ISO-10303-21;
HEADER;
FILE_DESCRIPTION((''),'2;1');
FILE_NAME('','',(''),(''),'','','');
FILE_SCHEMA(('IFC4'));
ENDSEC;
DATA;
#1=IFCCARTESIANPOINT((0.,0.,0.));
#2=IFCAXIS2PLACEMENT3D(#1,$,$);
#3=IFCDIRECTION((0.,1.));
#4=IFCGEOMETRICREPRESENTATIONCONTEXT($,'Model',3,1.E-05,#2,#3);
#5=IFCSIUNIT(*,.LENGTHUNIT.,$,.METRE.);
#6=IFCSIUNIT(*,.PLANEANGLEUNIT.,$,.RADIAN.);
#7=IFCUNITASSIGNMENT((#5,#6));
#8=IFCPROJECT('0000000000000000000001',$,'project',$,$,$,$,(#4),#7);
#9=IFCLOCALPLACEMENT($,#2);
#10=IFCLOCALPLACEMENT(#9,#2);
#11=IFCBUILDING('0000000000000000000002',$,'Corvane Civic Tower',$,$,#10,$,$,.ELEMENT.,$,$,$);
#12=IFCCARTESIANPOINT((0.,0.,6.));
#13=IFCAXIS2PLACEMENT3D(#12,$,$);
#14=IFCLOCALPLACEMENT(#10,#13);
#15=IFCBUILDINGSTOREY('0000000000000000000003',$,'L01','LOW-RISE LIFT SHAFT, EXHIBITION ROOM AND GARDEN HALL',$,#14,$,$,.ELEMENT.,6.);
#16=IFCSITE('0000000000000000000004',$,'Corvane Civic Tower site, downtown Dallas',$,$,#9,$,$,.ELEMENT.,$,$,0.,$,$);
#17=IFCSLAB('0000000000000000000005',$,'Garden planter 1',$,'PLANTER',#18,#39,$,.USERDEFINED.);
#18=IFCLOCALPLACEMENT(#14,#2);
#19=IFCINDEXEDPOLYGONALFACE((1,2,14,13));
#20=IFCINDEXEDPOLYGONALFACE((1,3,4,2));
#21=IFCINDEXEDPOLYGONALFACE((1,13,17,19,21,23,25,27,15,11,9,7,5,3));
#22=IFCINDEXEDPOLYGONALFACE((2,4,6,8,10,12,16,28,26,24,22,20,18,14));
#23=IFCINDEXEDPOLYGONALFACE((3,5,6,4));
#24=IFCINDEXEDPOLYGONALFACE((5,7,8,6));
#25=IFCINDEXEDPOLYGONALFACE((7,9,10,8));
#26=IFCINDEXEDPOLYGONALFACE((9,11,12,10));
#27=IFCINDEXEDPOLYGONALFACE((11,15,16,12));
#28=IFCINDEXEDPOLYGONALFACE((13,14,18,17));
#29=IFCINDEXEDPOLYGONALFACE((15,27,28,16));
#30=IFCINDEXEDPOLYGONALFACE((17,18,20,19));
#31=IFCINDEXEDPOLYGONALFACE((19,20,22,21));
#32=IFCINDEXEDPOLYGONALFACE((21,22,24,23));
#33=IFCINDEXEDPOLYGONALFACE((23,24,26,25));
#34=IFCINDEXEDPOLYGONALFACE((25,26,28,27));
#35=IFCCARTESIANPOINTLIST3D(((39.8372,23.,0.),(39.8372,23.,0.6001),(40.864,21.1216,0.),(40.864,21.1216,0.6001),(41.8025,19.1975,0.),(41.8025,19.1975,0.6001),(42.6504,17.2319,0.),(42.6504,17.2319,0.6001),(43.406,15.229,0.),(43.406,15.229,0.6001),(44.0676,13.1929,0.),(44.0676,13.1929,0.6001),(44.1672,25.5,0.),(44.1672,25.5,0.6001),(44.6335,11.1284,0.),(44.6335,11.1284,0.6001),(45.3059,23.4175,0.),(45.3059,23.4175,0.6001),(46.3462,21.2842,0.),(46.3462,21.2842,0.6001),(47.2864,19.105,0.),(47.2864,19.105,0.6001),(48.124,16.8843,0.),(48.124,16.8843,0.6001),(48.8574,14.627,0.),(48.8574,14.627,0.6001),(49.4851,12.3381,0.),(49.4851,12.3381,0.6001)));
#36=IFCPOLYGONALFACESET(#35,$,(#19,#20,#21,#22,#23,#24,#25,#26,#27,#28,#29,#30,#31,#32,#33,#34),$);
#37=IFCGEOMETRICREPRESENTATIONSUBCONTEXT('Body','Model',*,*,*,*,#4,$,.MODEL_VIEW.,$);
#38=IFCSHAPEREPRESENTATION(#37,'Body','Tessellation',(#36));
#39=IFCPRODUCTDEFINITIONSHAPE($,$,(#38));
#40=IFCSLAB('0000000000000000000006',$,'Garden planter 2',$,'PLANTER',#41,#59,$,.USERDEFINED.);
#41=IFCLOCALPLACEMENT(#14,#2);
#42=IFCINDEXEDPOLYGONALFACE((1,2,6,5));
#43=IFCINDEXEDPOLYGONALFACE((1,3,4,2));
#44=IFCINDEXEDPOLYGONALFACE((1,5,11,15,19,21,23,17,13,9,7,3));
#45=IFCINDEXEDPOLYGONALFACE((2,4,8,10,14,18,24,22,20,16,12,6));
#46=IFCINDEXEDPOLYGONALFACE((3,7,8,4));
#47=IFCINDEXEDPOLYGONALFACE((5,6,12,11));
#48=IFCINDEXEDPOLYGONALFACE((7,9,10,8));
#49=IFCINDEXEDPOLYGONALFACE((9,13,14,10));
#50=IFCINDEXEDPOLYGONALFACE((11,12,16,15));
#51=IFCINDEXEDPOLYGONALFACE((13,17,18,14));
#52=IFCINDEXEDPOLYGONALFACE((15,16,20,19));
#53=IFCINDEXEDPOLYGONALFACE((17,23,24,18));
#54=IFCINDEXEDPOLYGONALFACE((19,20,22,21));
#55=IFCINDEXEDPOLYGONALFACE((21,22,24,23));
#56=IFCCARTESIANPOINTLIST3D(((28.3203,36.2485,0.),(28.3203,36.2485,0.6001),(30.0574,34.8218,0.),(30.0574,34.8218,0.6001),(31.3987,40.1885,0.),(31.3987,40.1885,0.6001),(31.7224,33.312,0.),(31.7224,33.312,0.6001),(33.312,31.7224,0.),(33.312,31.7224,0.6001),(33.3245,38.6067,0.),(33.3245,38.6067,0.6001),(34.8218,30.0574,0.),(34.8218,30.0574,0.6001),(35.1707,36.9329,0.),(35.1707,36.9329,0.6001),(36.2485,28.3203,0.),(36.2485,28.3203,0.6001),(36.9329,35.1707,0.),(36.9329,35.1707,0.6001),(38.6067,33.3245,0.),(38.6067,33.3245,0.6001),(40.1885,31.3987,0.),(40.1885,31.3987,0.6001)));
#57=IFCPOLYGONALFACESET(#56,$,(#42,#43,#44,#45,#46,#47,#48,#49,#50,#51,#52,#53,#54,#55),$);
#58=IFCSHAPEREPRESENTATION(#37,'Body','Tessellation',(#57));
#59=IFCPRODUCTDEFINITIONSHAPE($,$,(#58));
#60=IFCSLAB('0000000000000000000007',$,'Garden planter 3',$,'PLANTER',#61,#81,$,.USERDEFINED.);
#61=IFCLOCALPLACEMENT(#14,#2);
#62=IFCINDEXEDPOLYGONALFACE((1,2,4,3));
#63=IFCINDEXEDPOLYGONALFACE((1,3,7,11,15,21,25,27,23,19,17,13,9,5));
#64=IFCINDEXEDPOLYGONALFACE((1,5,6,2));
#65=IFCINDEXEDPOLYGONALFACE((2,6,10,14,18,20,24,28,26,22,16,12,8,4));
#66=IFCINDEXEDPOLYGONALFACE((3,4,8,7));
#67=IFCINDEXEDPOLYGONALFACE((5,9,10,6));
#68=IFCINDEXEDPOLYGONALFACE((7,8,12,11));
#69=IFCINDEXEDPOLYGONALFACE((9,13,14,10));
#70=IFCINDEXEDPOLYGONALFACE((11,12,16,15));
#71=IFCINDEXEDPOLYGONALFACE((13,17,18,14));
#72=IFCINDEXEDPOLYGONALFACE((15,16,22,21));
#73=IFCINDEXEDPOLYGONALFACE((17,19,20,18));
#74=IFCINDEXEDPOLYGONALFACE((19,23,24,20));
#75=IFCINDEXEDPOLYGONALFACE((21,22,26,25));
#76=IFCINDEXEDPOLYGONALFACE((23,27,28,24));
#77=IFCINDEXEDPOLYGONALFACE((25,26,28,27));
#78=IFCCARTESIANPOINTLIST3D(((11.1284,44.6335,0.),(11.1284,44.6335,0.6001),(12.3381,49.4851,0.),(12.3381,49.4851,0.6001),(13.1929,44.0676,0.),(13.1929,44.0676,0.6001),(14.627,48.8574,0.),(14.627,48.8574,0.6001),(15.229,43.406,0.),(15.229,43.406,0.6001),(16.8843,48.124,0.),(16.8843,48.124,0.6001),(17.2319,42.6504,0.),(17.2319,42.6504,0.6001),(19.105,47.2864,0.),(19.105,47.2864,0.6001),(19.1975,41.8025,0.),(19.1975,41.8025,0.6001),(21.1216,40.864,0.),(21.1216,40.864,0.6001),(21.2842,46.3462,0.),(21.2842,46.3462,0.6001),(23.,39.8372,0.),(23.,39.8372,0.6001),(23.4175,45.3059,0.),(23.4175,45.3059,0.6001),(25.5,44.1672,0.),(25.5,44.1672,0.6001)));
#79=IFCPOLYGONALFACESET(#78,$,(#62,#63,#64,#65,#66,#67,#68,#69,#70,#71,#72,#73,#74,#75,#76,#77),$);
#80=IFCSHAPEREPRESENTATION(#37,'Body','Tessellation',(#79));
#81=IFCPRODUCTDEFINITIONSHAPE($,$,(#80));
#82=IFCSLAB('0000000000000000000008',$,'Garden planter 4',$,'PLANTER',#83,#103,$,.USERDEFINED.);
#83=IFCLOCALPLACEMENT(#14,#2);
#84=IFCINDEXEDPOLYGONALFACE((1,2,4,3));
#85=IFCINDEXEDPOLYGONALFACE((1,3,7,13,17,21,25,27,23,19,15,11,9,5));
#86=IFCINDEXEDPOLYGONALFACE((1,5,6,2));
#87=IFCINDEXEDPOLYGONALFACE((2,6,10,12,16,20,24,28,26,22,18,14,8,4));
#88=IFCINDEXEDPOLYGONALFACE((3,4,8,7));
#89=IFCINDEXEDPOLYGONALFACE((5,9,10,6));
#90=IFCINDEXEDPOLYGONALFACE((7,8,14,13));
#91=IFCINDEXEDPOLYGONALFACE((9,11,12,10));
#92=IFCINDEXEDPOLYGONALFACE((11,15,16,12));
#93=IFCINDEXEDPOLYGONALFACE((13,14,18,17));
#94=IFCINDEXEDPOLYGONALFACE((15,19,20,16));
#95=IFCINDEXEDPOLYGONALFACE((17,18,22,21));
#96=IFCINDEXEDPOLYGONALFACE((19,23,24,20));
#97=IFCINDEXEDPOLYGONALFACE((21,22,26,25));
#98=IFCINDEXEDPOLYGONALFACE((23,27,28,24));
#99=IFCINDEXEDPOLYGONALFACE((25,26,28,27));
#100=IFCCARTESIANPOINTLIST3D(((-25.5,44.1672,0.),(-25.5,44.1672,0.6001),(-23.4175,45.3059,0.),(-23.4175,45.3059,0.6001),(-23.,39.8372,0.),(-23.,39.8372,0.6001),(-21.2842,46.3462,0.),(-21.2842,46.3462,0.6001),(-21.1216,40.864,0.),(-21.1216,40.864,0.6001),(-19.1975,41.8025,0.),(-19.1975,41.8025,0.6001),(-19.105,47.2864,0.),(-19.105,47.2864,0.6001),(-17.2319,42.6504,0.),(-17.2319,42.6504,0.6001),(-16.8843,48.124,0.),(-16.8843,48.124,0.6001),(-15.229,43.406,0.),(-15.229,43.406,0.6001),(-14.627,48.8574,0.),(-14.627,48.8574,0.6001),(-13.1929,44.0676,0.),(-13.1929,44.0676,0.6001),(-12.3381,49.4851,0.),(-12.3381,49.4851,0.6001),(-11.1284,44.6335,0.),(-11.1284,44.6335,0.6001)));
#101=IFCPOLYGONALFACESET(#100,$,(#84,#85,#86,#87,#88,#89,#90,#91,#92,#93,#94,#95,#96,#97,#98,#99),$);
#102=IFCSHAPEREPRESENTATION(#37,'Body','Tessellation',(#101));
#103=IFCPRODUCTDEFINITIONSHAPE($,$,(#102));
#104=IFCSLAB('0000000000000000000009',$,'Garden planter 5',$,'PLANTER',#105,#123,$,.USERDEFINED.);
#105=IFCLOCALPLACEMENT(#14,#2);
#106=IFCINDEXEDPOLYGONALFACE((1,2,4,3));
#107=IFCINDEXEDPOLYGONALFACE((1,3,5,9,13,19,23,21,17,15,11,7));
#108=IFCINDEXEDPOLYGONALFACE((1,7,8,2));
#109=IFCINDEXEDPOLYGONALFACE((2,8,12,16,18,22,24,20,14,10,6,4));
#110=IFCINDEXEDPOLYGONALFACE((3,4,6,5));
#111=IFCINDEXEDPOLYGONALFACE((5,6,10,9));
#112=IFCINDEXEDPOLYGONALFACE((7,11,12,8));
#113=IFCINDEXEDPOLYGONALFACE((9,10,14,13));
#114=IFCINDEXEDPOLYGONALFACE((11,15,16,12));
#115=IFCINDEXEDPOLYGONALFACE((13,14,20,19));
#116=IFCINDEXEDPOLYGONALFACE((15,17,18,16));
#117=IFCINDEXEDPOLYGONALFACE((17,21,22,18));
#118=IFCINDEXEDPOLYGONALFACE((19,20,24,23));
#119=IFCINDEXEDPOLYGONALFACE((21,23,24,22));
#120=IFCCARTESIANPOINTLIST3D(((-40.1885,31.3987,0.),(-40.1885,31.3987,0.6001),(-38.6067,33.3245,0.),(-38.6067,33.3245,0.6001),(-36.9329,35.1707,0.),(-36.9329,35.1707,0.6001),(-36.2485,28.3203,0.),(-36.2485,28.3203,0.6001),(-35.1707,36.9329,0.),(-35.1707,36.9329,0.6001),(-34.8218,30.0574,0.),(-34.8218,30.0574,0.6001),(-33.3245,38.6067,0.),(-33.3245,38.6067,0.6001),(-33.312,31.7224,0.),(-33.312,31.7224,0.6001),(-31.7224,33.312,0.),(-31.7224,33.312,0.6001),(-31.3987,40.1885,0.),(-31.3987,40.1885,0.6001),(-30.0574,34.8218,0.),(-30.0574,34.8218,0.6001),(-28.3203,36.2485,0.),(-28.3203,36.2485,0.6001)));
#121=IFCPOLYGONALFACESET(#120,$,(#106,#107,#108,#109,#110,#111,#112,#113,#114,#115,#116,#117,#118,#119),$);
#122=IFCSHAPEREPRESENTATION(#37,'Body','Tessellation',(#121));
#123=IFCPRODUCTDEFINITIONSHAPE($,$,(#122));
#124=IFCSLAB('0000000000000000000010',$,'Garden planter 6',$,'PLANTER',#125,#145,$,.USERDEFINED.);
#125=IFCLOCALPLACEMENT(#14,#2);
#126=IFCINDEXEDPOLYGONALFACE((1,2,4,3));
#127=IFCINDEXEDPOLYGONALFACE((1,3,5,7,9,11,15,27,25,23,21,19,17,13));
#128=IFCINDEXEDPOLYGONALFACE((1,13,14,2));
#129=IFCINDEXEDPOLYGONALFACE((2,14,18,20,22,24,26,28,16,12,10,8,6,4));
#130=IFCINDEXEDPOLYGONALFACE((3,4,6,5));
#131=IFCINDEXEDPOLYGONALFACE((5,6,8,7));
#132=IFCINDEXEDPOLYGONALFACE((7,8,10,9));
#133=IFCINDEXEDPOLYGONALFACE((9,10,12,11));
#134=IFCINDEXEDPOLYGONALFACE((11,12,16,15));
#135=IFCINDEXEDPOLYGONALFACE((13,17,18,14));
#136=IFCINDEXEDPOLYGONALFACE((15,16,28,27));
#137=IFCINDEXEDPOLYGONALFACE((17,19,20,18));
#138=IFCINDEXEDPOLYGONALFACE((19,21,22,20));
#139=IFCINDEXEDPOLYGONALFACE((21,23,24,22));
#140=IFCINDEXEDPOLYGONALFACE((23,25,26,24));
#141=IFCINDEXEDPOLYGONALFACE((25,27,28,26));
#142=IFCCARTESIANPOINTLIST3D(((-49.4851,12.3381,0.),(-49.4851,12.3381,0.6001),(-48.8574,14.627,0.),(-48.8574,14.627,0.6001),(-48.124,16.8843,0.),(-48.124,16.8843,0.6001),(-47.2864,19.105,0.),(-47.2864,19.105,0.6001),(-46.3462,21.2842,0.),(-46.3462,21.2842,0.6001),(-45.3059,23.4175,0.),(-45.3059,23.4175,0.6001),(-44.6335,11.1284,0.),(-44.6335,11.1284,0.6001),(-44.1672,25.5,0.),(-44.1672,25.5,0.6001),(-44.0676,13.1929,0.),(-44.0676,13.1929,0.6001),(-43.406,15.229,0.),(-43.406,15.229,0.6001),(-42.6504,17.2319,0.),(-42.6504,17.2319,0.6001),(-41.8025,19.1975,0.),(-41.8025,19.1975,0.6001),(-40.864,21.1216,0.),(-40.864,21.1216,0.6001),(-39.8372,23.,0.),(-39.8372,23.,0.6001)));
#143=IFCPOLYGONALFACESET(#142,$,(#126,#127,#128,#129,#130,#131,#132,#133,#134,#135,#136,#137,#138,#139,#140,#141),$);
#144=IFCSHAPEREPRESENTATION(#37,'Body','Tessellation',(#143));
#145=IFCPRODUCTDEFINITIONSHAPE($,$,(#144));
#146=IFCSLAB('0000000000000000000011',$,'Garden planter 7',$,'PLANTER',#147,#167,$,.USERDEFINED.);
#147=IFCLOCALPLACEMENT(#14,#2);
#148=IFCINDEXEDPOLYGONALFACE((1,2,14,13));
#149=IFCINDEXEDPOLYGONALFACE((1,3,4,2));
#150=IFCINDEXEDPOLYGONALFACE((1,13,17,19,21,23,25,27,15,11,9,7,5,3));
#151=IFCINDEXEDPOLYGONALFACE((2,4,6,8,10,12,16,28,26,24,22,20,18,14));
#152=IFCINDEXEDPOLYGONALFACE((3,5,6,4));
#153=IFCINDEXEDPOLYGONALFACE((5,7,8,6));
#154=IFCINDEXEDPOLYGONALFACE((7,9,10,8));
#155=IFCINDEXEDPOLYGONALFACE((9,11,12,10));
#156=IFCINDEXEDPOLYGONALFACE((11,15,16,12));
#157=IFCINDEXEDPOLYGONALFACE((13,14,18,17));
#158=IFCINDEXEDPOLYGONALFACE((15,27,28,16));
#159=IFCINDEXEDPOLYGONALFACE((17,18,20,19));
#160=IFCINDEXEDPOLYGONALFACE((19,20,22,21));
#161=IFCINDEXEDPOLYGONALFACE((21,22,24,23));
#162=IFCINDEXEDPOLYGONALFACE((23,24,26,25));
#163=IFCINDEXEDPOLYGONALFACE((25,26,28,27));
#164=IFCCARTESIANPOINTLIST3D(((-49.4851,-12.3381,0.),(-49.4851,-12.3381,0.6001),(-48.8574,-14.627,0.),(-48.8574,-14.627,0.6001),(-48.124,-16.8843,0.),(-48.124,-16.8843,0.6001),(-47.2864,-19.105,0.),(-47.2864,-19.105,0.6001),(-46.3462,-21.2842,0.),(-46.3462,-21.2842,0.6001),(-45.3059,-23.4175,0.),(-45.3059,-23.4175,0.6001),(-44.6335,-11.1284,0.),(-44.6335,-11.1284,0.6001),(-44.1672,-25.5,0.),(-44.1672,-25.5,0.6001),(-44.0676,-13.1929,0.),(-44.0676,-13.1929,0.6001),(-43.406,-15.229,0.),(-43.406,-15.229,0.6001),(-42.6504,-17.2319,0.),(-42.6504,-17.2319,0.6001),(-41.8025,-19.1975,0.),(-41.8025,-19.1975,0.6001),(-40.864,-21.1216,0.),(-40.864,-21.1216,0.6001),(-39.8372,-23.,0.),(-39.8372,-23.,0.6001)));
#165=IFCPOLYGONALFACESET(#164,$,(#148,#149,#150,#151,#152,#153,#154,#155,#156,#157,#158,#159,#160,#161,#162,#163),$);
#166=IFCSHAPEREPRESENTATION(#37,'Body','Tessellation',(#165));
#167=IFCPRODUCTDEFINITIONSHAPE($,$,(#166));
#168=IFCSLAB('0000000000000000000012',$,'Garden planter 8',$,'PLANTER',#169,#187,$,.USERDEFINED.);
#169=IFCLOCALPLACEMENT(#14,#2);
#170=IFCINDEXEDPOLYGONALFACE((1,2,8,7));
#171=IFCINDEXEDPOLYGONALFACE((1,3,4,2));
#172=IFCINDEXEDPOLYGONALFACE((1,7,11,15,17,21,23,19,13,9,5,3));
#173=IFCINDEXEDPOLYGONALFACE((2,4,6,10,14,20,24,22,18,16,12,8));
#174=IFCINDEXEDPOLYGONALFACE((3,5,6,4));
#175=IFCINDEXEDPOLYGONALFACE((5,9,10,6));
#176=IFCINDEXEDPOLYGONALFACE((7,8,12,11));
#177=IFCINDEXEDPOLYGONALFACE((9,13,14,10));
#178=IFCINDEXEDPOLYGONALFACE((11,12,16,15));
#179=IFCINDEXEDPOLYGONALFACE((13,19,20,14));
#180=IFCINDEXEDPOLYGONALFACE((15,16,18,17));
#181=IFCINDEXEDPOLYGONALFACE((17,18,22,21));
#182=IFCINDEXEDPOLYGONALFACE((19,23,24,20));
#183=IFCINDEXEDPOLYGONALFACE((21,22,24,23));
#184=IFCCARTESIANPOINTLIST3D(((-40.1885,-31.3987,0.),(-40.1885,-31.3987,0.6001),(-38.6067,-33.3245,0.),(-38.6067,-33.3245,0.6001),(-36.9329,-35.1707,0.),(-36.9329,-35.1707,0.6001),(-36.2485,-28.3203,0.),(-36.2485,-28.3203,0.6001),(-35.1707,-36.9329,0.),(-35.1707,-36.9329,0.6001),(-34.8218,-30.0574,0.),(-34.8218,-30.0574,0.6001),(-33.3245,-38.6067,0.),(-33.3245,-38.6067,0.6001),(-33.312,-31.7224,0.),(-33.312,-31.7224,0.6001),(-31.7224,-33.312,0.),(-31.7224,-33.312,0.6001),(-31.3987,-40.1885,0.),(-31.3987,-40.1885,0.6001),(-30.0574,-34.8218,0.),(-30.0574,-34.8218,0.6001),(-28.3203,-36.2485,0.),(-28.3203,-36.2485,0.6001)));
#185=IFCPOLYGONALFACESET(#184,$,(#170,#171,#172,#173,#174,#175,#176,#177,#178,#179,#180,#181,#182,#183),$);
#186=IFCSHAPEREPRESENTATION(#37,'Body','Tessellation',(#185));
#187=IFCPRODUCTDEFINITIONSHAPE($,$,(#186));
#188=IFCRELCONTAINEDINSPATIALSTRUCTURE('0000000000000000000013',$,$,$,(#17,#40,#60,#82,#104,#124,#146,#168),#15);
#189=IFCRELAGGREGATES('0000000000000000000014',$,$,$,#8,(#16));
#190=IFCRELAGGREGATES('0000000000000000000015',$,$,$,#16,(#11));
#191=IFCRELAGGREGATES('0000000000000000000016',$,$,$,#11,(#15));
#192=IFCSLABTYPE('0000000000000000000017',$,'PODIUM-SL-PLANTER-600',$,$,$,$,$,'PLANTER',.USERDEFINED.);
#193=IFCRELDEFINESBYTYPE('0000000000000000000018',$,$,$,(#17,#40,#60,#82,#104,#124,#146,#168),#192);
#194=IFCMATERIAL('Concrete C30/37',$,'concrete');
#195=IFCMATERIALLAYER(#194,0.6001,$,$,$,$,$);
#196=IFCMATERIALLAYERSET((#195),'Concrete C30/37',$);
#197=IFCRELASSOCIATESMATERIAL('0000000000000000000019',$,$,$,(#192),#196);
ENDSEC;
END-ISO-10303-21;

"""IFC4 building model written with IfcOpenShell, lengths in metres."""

from ifc_helpers import new_model, si_unit, direction, frame, origin, place, context, subcontext, project, spatial, polyline, outline, extrude, material, layer, layer_set, type_object, element, save


model = new_model("IFC4")

# Units and contexts
model_context = context("Model", 3, precision=1e-05, world=origin(), true_north=direction((0.0, 1.0)))
body_context = subcontext(model_context, "Body", "Model", "MODEL_VIEW")
ifc_project = project(units=[si_unit("LENGTHUNIT", "METRE"), si_unit("PLANEANGLEUNIT", "RADIAN")], contexts=[model_context])

# Site, building, storey
site_placement = place(None, origin())
site = spatial("IfcSite", under=ifc_project, at=site_placement, Name="Corvane Civic Tower site, downtown Dallas", CompositionType="ELEMENT", RefElevation=0.0)
building_placement = place(site_placement, origin())
building = spatial("IfcBuilding", under=site, at=building_placement, Name="Corvane Civic Tower", CompositionType="ELEMENT")
storey_placement = place(building_placement, frame((0.0, 0.0, 6.0)))
storey = spatial("IfcBuildingStorey", under=building, at=storey_placement, Name="L01", Description="LOW-RISE LIFT SHAFT, EXHIBITION ROOM AND GARDEN HALL", CompositionType="ELEMENT", Elevation=6.0)

# Slabs
ifc_material_1 = material(Name="Concrete C30/37", Category="concrete")
ifc_layer_1 = layer(ifc_material_1, 0.6001)
ifc_layer_set_1 = layer_set([ifc_layer_1], Name="Concrete C30/37")
slab_type = type_object("IfcSlabType", Name="PODIUM-SL-PLANTER-600", ElementType="PLANTER", PredefinedType="USERDEFINED", material=ifc_layer_set_1)
slab_1_placement = place(storey_placement, origin())
element("IfcSlab", 1, at=slab_1_placement, inside=storey, type_object=slab_type, Name="Garden planter 1", ObjectType="PLANTER", PredefinedType="USERDEFINED", context=body_context, shape_type="SweptSolid", body=[
    extrude(outline(polyline([(49.4851, 12.3381), (48.8574, 14.627), (48.124, 16.8843), (47.2864, 19.105), (46.3462, 21.2842), (45.3059, 23.4175), (44.1672, 25.5), (39.8372, 23.0), (40.864, 21.1216), (41.8025, 19.1975), (42.6504, 17.2319), (43.406, 15.229), (44.0676, 13.1929), (44.6335, 11.1284), (49.4851, 12.3381)])), origin(), (0.0, 0.0, 1.0), 0.6001),
])
slab_2_placement = place(storey_placement, origin())
element("IfcSlab", 2, at=slab_2_placement, inside=storey, type_object=slab_type, Name="Garden planter 2", ObjectType="PLANTER", PredefinedType="USERDEFINED", context=body_context, shape_type="SweptSolid", body=[
    extrude(outline(polyline([(40.1885, 31.3987), (38.6067, 33.3245), (36.9329, 35.1707), (35.1707, 36.9329), (33.3245, 38.6067), (31.3987, 40.1885), (28.3203, 36.2485), (30.0574, 34.8218), (31.7224, 33.312), (33.312, 31.7224), (34.8218, 30.0574), (36.2485, 28.3203), (40.1885, 31.3987)])), origin(), (0.0, 0.0, 1.0), 0.6001),
])
slab_3_placement = place(storey_placement, origin())
element("IfcSlab", 3, at=slab_3_placement, inside=storey, type_object=slab_type, Name="Garden planter 3", ObjectType="PLANTER", PredefinedType="USERDEFINED", context=body_context, shape_type="SweptSolid", body=[
    extrude(outline(polyline([(25.5, 44.1672), (23.4175, 45.3059), (21.2842, 46.3462), (19.105, 47.2864), (16.8843, 48.124), (14.627, 48.8574), (12.3381, 49.4851), (11.1284, 44.6335), (13.1929, 44.0676), (15.229, 43.406), (17.2319, 42.6504), (19.1975, 41.8025), (21.1216, 40.864), (23.0, 39.8372), (25.5, 44.1672)])), origin(), (0.0, 0.0, 1.0), 0.6001),
])
slab_4_placement = place(storey_placement, origin())
element("IfcSlab", 4, at=slab_4_placement, inside=storey, type_object=slab_type, Name="Garden planter 4", ObjectType="PLANTER", PredefinedType="USERDEFINED", context=body_context, shape_type="SweptSolid", body=[
    extrude(outline(polyline([(-12.3381, 49.4851), (-14.627, 48.8574), (-16.8843, 48.124), (-19.105, 47.2864), (-21.2842, 46.3462), (-23.4175, 45.3059), (-25.5, 44.1672), (-23.0, 39.8372), (-21.1216, 40.864), (-19.1975, 41.8025), (-17.2319, 42.6504), (-15.229, 43.406), (-13.1929, 44.0676), (-11.1284, 44.6335), (-12.3381, 49.4851)])), origin(), (0.0, 0.0, 1.0), 0.6001),
])
slab_5_placement = place(storey_placement, origin())
element("IfcSlab", 5, at=slab_5_placement, inside=storey, type_object=slab_type, Name="Garden planter 5", ObjectType="PLANTER", PredefinedType="USERDEFINED", context=body_context, shape_type="SweptSolid", body=[
    extrude(outline(polyline([(-31.3987, 40.1885), (-33.3245, 38.6067), (-35.1707, 36.9329), (-36.9329, 35.1707), (-38.6067, 33.3245), (-40.1885, 31.3987), (-36.2485, 28.3203), (-34.8218, 30.0574), (-33.312, 31.7224), (-31.7224, 33.312), (-30.0574, 34.8218), (-28.3203, 36.2485), (-31.3987, 40.1885)])), origin(), (0.0, 0.0, 1.0), 0.6001),
])
slab_6_placement = place(storey_placement, origin())
element("IfcSlab", 6, at=slab_6_placement, inside=storey, type_object=slab_type, Name="Garden planter 6", ObjectType="PLANTER", PredefinedType="USERDEFINED", context=body_context, shape_type="SweptSolid", body=[
    extrude(outline(polyline([(-44.1672, 25.5), (-45.3059, 23.4175), (-46.3462, 21.2842), (-47.2864, 19.105), (-48.124, 16.8843), (-48.8574, 14.627), (-49.4851, 12.3381), (-44.6335, 11.1284), (-44.0676, 13.1929), (-43.406, 15.229), (-42.6504, 17.2319), (-41.8025, 19.1975), (-40.864, 21.1216), (-39.8372, 23.0), (-44.1672, 25.5)])), origin(), (0.0, 0.0, 1.0), 0.6001),
])
slab_7_placement = place(storey_placement, origin())
element("IfcSlab", 7, at=slab_7_placement, inside=storey, type_object=slab_type, Name="Garden planter 7", ObjectType="PLANTER", PredefinedType="USERDEFINED", context=body_context, shape_type="SweptSolid", body=[
    extrude(outline(polyline([(-49.4851, -12.3381), (-48.8574, -14.627), (-48.124, -16.8843), (-47.2864, -19.105), (-46.3462, -21.2842), (-45.3059, -23.4175), (-44.1672, -25.5), (-39.8372, -23.0), (-40.864, -21.1216), (-41.8025, -19.1975), (-42.6504, -17.2319), (-43.406, -15.229), (-44.0676, -13.1929), (-44.6335, -11.1284), (-49.4851, -12.3381)])), origin(), (0.0, 0.0, 1.0), 0.6001),
])
slab_8_placement = place(storey_placement, origin())
element("IfcSlab", 8, at=slab_8_placement, inside=storey, type_object=slab_type, Name="Garden planter 8", ObjectType="PLANTER", PredefinedType="USERDEFINED", context=body_context, shape_type="SweptSolid", body=[
    extrude(outline(polyline([(-40.1885, -31.3987), (-38.6067, -33.3245), (-36.9329, -35.1707), (-35.1707, -36.9329), (-33.3245, -38.6067), (-31.3987, -40.1885), (-28.3203, -36.2485), (-30.0574, -34.8218), (-31.7224, -33.312), (-33.312, -31.7224), (-34.8218, -30.0574), (-36.2485, -28.3203), (-40.1885, -31.3987)])), origin(), (0.0, 0.0, 1.0), 0.6001),
])

save(model, "model.ifc")
